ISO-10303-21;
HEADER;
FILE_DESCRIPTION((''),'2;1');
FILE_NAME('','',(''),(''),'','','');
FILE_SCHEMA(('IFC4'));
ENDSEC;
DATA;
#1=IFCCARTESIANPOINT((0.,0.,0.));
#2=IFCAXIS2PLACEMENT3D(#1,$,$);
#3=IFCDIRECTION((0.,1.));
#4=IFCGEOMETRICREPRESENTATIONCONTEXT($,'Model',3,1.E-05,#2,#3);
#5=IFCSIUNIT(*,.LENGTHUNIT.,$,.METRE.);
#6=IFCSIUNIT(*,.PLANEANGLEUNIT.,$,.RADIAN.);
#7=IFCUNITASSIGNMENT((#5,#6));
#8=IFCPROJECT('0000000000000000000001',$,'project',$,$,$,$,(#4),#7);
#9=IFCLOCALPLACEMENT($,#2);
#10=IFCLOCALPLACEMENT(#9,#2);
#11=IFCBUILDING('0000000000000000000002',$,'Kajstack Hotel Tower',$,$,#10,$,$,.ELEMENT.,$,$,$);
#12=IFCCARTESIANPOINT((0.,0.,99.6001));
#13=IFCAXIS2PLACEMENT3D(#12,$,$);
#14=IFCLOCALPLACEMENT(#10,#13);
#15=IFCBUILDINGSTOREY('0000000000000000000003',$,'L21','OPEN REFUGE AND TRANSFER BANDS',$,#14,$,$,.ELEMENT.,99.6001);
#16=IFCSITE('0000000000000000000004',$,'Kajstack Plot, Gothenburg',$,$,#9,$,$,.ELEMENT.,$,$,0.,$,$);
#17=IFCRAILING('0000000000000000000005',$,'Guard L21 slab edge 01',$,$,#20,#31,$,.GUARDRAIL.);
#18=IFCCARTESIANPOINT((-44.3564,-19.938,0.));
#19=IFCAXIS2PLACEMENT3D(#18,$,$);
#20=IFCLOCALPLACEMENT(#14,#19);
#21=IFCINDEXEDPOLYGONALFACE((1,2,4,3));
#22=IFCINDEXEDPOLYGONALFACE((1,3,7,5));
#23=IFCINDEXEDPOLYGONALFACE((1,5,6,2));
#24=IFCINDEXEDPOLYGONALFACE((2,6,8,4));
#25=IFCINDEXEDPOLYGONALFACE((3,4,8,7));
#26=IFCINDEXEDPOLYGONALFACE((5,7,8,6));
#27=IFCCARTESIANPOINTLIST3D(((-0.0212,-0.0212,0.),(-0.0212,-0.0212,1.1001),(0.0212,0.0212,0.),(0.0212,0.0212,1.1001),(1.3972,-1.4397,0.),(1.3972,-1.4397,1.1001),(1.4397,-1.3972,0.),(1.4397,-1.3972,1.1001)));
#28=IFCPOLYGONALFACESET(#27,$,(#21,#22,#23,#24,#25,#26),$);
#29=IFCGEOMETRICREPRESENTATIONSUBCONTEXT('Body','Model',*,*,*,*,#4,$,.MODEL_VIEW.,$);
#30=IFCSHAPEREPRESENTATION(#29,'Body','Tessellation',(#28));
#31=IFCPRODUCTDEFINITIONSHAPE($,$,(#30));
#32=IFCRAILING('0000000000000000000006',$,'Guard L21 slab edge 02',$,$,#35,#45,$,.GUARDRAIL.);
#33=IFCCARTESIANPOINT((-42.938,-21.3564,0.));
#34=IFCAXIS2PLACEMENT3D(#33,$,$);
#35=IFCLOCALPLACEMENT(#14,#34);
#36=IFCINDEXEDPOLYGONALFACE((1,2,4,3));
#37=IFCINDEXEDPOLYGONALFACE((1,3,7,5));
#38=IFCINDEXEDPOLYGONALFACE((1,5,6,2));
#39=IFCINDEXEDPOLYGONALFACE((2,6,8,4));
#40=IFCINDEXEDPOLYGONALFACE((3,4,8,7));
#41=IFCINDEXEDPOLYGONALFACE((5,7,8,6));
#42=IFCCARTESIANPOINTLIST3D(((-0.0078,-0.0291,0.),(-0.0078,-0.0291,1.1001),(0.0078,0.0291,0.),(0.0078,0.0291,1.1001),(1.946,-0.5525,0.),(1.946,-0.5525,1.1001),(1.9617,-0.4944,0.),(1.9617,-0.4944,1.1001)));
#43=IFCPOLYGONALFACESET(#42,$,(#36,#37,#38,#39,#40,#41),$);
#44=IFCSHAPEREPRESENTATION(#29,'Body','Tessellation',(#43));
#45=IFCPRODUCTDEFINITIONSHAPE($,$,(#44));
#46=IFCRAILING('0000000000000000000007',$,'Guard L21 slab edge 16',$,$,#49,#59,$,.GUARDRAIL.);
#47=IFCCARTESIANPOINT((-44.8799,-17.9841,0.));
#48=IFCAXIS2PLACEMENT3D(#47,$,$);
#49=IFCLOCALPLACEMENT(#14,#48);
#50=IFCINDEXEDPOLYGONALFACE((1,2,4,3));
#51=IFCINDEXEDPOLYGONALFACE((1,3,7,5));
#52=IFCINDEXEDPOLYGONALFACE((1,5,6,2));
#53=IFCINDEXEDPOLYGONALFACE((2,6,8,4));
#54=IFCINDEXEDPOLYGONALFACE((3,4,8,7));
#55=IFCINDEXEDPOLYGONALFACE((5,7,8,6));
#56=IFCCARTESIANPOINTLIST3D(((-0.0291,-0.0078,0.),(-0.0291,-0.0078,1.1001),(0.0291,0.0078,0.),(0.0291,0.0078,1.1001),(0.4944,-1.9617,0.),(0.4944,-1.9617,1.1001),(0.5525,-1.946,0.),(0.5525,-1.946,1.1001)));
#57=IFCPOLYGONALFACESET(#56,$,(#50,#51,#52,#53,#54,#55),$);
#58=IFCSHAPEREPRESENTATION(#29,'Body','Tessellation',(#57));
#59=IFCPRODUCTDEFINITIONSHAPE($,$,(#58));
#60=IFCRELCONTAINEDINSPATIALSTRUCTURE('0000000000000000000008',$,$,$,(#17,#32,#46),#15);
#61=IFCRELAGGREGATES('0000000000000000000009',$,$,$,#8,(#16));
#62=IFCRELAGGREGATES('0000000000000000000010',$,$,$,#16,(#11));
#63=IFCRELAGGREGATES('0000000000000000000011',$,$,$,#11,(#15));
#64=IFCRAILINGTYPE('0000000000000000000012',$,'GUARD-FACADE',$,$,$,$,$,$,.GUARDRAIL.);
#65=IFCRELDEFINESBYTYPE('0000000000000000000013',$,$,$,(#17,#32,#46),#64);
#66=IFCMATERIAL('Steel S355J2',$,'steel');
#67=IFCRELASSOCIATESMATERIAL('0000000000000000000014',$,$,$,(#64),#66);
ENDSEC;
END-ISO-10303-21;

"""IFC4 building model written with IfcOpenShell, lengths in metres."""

from ifc_helpers import new_model, si_unit, direction, frame, origin, place, context, subcontext, project, spatial, polyline, outline, extrude, material, type_object, element, save


model = new_model("IFC4")

# Units and contexts
model_context = context("Model", 3, precision=1e-05, world=origin(), true_north=direction((0.0, 1.0)))
body_context = subcontext(model_context, "Body", "Model", "MODEL_VIEW")
ifc_project = project(units=[si_unit("LENGTHUNIT", "METRE"), si_unit("PLANEANGLEUNIT", "RADIAN")], contexts=[model_context])

# Site, building, storey
site_placement = place(None, origin())
site = spatial("IfcSite", under=ifc_project, at=site_placement, Name="Kajstack Plot, Gothenburg", CompositionType="ELEMENT", RefElevation=0.0)
building_placement = place(site_placement, origin())
building = spatial("IfcBuilding", under=site, at=building_placement, Name="Kajstack Hotel Tower", CompositionType="ELEMENT")
storey_placement = place(building_placement, frame((0.0, 0.0, 99.6001)))
storey = spatial("IfcBuildingStorey", under=building, at=storey_placement, Name="L21", Description="OPEN REFUGE AND TRANSFER BANDS", CompositionType="ELEMENT", Elevation=99.6001)

# Railings
ifc_material_1 = material(Name="Steel S355J2", Category="steel")
railing_type_1 = type_object("IfcRailingType", Name="GUARD-FACADE", PredefinedType="GUARDRAIL", material=ifc_material_1)
railing_1_placement = place(storey_placement, frame((-44.3564, -19.938, 0.0)))
element("IfcRailing", 1, at=railing_1_placement, inside=storey, type_object=railing_type_1, Name="Guard L21 slab edge 01", PredefinedType="GUARDRAIL", context=body_context, shape_type="SweptSolid", body=[
    extrude(outline(polyline([(1.4397, -1.3972), (1.3972, -1.4397), (-0.0212, -0.0212), (0.0212, 0.0212), (1.4397, -1.3972)])), origin(), (0.0, 0.0, 1.0), 1.1001),
])
railing_2_placement = place(storey_placement, frame((-42.938, -21.3564, 0.0)))
element("IfcRailing", 2, at=railing_2_placement, inside=storey, type_object=railing_type_1, Name="Guard L21 slab edge 02", PredefinedType="GUARDRAIL", context=body_context, shape_type="SweptSolid", body=[
    extrude(outline(polyline([(1.9617, -0.4944), (1.946, -0.5525), (-0.0078, -0.0291), (0.0078, 0.0291), (1.9617, -0.4944)])), origin(), (0.0, 0.0, 1.0), 1.1001),
])
railing_3_placement = place(storey_placement, frame((-44.8799, -17.9841, 0.0)))
element("IfcRailing", 3, at=railing_3_placement, inside=storey, type_object=railing_type_1, Name="Guard L21 slab edge 16", PredefinedType="GUARDRAIL", context=body_context, shape_type="SweptSolid", body=[
    extrude(outline(polyline([(0.5525, -1.946), (0.4944, -1.9617), (-0.0291, -0.0078), (0.0291, 0.0078), (0.5525, -1.946)])), origin(), (0.0, 0.0, 1.0), 1.1001),
])

save(model, "model.ifc")
